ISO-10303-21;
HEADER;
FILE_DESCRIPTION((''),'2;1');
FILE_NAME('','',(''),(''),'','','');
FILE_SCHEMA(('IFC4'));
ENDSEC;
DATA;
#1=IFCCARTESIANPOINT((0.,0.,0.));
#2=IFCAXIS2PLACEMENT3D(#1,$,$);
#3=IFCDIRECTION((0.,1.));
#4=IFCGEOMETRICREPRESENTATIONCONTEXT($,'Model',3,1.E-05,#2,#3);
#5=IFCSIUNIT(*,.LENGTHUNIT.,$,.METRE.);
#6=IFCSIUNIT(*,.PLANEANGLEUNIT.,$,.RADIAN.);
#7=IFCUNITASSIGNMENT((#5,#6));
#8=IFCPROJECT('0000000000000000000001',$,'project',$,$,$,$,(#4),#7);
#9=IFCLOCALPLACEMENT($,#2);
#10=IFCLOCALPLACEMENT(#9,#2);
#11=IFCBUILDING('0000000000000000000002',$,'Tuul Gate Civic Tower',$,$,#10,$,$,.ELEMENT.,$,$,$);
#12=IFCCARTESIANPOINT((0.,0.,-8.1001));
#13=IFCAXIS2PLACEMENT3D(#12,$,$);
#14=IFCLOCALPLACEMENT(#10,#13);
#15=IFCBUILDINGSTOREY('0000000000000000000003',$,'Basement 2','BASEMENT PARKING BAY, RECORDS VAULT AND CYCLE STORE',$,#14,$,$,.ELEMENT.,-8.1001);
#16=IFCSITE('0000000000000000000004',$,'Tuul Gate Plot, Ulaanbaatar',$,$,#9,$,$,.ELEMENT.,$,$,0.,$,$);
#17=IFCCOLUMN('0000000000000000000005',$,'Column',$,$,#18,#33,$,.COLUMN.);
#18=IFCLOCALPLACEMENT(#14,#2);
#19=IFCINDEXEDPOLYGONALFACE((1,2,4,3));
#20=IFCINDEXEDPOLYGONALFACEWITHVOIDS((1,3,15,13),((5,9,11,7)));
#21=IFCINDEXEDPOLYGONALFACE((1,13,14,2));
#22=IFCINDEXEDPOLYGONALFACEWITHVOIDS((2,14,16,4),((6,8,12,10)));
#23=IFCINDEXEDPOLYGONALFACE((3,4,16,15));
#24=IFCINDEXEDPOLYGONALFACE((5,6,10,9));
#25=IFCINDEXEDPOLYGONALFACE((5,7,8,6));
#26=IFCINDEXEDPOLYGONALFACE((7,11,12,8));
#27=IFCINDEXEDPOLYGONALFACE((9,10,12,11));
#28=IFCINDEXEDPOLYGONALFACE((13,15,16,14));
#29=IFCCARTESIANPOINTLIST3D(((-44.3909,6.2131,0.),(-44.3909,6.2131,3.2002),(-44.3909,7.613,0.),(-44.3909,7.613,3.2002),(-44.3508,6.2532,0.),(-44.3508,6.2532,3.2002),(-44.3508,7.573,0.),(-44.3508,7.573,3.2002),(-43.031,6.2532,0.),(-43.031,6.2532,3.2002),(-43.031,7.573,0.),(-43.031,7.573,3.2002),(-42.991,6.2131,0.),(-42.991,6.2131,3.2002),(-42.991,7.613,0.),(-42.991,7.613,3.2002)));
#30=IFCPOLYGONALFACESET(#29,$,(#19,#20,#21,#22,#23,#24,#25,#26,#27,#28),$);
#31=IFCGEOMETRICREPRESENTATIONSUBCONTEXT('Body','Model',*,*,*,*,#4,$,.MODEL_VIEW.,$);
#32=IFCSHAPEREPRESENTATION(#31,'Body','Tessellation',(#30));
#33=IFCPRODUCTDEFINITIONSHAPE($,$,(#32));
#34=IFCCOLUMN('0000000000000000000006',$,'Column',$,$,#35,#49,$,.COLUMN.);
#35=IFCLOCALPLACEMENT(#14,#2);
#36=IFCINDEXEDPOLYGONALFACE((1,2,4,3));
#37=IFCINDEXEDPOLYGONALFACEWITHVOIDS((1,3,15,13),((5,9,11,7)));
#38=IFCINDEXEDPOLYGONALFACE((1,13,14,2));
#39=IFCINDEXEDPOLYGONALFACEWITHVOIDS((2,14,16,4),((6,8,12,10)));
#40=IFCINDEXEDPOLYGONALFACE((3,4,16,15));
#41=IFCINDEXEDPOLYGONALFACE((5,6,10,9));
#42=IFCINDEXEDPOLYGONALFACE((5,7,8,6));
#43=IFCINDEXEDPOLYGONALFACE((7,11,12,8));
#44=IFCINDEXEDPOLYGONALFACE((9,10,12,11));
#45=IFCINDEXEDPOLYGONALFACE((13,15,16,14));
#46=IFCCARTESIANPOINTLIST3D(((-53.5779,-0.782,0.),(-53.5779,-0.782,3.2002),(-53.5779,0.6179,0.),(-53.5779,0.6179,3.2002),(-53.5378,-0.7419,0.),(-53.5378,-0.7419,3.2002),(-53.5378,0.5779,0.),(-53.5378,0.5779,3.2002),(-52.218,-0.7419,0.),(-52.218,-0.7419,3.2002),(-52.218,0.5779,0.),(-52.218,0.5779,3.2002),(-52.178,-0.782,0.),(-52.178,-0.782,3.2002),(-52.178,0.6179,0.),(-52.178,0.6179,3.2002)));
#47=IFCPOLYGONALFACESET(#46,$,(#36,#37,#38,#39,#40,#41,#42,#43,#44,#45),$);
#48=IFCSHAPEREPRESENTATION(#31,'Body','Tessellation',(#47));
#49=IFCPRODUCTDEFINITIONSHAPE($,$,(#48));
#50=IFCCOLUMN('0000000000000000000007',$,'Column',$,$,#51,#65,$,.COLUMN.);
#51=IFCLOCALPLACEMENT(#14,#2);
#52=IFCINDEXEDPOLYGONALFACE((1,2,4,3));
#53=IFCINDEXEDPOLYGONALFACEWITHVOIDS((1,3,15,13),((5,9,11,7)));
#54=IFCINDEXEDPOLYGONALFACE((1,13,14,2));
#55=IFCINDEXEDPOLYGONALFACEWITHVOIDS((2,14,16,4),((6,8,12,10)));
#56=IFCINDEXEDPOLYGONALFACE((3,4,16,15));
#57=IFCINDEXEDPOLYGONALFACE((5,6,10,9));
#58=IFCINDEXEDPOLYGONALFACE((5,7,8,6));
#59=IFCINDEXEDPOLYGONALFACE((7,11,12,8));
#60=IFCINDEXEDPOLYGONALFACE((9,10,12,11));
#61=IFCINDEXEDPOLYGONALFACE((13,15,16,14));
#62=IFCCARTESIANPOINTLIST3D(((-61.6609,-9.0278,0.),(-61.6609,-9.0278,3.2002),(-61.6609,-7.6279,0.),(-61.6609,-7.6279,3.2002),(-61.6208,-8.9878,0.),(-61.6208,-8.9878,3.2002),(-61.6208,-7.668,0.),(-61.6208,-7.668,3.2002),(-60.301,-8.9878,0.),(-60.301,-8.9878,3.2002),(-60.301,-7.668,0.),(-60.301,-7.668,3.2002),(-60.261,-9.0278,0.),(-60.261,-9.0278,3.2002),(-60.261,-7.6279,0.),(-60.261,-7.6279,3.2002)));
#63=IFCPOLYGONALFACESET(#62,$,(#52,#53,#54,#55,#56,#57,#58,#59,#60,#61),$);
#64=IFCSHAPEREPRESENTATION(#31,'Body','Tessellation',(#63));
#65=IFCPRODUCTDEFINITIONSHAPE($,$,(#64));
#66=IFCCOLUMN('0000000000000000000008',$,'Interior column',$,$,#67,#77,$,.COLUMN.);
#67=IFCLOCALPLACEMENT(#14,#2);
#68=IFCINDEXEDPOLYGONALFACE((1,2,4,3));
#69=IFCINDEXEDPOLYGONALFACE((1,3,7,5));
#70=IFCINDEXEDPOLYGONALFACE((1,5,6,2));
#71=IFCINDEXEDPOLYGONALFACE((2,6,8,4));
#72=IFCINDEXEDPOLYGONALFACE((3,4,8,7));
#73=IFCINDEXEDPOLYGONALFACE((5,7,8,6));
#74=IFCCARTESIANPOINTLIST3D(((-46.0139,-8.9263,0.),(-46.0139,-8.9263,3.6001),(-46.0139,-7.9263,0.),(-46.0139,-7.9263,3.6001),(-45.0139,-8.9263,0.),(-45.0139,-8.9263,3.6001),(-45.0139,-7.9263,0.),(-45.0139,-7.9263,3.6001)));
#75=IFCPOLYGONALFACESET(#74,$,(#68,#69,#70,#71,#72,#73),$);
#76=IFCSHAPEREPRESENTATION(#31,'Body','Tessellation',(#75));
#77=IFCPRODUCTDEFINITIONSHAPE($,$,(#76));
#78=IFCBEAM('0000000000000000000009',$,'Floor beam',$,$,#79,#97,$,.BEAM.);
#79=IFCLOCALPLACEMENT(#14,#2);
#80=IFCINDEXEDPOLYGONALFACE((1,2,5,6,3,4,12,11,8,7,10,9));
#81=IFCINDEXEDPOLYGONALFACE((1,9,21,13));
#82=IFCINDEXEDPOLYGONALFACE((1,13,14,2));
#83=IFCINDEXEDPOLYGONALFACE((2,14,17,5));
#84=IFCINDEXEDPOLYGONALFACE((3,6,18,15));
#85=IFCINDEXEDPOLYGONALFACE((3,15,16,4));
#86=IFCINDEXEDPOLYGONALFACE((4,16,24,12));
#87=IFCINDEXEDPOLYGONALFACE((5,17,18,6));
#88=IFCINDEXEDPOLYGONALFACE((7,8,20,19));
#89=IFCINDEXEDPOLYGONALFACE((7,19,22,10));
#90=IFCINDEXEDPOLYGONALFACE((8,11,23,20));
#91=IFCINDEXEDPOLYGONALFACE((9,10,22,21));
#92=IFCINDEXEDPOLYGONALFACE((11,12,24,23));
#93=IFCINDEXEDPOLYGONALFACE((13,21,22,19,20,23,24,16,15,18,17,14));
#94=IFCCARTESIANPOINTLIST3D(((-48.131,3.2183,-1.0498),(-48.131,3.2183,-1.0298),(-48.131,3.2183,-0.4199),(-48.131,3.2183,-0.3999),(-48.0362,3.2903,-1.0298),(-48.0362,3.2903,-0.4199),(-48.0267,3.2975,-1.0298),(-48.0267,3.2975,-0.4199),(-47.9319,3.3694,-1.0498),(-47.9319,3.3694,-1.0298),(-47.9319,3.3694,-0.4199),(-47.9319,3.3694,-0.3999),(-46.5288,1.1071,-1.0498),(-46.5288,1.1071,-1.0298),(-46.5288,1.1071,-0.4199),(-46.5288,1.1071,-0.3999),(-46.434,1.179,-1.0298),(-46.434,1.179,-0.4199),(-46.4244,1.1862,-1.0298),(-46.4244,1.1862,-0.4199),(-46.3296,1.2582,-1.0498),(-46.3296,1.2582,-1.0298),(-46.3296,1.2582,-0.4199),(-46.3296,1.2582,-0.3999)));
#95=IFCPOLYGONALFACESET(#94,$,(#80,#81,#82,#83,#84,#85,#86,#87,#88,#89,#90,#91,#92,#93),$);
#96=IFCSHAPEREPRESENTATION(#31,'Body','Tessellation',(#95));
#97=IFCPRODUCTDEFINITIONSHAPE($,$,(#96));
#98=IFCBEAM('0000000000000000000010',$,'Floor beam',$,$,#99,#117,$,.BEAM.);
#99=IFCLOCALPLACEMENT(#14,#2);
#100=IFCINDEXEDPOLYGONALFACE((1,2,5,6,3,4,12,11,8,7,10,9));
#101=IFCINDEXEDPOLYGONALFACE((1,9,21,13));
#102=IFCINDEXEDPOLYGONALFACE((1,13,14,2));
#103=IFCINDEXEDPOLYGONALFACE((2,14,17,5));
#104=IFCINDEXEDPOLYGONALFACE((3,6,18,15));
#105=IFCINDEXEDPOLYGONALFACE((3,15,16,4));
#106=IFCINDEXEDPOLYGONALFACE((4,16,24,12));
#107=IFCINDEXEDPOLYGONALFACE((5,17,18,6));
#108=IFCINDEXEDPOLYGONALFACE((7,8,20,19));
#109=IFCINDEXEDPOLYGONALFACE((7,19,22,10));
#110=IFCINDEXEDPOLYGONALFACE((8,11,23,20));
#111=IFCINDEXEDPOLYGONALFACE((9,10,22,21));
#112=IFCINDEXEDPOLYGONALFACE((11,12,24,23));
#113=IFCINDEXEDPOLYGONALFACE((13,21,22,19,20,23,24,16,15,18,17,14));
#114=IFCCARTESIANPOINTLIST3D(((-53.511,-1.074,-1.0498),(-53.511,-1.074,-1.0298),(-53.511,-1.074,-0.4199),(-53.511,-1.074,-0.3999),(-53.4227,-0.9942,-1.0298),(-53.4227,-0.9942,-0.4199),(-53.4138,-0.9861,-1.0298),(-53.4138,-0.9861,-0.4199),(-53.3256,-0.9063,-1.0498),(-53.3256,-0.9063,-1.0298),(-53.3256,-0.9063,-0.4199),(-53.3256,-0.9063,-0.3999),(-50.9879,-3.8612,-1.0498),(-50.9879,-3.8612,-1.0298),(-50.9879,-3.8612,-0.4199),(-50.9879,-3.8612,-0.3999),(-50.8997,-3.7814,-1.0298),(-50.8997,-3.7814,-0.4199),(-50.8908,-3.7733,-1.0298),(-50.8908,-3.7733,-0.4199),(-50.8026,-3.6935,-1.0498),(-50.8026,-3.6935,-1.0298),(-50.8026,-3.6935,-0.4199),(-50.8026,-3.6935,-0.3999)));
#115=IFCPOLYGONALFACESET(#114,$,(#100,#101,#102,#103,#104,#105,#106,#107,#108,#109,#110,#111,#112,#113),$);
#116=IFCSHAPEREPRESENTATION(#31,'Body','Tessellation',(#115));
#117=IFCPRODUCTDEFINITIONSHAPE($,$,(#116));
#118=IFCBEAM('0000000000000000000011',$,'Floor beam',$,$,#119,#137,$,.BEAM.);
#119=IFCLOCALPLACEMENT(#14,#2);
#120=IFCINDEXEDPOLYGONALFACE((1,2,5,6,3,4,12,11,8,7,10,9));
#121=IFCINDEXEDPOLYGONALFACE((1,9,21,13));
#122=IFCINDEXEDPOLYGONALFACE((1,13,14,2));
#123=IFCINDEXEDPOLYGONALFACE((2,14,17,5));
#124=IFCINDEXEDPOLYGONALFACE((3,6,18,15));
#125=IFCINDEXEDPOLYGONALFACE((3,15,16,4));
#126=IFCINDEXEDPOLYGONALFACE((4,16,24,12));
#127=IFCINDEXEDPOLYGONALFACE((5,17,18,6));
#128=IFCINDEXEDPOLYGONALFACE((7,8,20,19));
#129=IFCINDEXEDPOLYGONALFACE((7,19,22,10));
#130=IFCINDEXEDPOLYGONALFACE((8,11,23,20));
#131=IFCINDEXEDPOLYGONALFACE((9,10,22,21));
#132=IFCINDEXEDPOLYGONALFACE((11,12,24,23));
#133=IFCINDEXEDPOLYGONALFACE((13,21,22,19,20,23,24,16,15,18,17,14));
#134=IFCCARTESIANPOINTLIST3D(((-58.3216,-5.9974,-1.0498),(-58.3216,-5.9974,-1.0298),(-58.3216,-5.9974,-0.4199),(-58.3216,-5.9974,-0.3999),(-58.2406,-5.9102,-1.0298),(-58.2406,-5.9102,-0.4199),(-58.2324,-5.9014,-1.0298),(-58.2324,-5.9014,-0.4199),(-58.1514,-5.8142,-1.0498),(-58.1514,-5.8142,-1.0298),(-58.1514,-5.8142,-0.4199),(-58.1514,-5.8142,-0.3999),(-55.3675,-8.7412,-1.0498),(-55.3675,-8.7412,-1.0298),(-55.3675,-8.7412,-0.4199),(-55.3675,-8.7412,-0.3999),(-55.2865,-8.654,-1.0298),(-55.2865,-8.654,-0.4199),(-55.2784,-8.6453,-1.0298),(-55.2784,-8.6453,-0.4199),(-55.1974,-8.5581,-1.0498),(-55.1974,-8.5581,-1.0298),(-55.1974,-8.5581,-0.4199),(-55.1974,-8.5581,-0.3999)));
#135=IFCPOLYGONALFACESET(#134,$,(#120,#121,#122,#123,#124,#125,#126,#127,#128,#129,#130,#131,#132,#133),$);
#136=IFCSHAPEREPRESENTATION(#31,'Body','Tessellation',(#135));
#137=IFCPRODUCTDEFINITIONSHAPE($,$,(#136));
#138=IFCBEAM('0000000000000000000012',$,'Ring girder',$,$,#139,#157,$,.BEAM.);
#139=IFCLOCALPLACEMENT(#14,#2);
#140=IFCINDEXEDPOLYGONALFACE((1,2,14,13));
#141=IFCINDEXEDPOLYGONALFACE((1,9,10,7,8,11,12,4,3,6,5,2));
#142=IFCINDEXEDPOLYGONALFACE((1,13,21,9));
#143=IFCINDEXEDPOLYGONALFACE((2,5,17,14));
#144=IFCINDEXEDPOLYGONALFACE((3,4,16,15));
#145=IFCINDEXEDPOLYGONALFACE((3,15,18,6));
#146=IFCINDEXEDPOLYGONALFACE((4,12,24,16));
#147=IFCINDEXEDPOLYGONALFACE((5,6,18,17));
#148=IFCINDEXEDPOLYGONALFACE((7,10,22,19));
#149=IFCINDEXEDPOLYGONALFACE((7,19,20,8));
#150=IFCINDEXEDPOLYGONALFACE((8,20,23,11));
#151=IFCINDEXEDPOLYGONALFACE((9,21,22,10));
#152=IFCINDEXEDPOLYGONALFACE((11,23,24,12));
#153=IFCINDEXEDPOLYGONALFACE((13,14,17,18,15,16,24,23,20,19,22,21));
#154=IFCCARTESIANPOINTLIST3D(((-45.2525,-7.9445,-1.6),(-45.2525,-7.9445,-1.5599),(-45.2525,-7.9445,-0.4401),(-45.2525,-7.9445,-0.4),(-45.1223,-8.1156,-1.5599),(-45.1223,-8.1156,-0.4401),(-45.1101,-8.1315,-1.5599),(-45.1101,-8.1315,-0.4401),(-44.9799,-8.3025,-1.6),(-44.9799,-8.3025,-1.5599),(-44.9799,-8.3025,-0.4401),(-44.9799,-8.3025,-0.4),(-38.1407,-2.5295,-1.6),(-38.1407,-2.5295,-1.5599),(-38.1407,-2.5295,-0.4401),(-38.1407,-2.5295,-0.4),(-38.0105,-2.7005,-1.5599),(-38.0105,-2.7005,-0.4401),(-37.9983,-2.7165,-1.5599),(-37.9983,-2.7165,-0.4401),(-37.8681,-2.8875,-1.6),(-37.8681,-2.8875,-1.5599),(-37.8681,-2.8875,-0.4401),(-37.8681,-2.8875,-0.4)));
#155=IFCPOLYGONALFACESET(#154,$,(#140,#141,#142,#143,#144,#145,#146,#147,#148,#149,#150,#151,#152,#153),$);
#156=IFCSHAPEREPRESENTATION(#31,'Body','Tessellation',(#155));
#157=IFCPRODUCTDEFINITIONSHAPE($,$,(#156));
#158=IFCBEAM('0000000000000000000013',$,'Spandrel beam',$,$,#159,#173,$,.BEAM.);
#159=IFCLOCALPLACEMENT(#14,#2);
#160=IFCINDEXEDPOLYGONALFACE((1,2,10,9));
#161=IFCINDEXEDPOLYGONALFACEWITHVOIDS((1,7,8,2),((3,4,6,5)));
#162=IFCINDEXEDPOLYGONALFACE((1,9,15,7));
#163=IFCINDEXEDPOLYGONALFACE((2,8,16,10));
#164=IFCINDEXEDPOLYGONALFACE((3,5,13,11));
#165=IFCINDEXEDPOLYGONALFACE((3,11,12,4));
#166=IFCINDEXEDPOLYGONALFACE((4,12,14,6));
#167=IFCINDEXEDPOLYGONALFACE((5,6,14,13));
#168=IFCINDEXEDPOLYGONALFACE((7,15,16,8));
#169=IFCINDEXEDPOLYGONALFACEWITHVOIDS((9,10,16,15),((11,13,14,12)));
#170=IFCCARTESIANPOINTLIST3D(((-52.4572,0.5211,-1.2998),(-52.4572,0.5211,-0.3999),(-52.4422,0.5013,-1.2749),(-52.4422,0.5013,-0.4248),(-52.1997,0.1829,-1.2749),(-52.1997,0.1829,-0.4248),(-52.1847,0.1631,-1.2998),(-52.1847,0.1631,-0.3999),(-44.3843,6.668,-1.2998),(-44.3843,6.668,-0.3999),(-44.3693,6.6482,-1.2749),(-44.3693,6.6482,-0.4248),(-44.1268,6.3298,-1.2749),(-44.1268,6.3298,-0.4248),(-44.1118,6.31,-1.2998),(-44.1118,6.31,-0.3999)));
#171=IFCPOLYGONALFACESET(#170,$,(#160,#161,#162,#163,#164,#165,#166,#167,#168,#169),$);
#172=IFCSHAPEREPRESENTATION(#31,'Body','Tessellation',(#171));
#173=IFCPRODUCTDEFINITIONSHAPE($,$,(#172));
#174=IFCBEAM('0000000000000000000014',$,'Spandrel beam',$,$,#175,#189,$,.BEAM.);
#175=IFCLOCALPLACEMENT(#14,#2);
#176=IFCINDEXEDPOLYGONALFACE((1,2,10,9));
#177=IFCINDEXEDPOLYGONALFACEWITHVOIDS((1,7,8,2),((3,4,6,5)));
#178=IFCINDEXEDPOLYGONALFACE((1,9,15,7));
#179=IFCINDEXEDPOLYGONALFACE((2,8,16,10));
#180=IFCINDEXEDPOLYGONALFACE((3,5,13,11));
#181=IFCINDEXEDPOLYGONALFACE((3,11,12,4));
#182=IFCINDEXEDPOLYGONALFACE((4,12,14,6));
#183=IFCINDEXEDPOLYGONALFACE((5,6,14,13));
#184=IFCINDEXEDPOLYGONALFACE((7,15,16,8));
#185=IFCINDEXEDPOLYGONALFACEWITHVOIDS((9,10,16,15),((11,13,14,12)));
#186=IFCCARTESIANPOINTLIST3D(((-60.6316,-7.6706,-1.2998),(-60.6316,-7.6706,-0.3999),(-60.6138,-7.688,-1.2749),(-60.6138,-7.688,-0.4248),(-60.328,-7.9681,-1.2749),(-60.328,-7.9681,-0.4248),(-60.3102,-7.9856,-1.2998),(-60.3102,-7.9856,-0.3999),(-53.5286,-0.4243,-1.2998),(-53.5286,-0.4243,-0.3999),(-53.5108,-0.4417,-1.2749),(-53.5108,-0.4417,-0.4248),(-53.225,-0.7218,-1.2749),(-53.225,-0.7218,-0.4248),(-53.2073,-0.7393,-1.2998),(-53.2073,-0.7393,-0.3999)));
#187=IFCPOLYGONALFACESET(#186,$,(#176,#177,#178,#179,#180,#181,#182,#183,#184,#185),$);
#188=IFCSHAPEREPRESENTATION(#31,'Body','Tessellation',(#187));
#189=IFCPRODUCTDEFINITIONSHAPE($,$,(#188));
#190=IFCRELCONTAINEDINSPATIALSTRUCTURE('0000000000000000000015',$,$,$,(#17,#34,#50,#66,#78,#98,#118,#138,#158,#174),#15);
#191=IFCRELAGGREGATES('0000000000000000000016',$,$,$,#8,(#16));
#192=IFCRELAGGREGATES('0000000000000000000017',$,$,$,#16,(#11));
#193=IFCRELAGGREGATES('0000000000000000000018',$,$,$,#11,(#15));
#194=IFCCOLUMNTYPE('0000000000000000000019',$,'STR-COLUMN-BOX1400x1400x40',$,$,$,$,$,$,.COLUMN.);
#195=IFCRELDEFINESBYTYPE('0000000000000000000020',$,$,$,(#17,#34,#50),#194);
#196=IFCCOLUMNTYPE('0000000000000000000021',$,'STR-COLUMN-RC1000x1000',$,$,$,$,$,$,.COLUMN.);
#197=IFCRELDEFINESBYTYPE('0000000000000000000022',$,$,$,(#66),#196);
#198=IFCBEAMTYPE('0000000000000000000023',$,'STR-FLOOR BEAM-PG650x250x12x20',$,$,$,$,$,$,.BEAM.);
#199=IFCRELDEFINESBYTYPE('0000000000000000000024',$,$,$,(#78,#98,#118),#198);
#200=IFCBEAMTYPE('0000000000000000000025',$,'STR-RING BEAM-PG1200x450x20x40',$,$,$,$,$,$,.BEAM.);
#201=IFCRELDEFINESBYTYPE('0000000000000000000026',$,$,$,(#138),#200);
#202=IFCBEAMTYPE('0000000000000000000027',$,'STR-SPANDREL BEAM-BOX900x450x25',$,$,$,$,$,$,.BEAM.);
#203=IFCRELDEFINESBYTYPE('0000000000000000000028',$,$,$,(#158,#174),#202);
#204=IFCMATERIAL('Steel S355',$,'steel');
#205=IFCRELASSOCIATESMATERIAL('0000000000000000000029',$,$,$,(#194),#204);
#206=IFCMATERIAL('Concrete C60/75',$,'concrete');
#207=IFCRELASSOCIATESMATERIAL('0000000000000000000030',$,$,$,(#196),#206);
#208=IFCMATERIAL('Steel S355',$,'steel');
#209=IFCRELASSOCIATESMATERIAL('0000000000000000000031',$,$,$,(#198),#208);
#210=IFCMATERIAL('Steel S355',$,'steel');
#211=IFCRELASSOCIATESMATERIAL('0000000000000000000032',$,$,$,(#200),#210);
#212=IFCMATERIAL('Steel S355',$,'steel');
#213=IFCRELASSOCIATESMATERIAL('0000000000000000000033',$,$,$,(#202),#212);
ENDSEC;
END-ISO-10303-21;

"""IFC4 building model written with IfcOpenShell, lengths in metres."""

from ifc_helpers import new_model, si_unit, direction, frame, origin, origin_2d, place, context, subcontext, project, spatial, rectangle, hollow_rectangle, i_section, extrude, material, material_profile, profile_set, type_object, element, save


model = new_model("IFC4")

# Units and contexts
model_context = context("Model", 3, precision=1e-05, world=origin(), true_north=direction((0.0, 1.0)))
body_context = subcontext(model_context, "Body", "Model", "MODEL_VIEW")
ifc_project = project(units=[si_unit("LENGTHUNIT", "METRE"), si_unit("PLANEANGLEUNIT", "RADIAN")], contexts=[model_context])

# Site, building, storey
site_placement = place(None, origin())
site = spatial("IfcSite", under=ifc_project, at=site_placement, Name="Tuul Gate Plot, Ulaanbaatar", CompositionType="ELEMENT", RefElevation=0.0)
building_placement = place(site_placement, origin())
building = spatial("IfcBuilding", under=site, at=building_placement, Name="Tuul Gate Civic Tower", CompositionType="ELEMENT")
storey_placement = place(building_placement, frame((0.0, 0.0, -8.1001)))
storey = spatial("IfcBuildingStorey", under=building, at=storey_placement, Name="Basement 2", Description="BASEMENT PARKING BAY, RECORDS VAULT AND CYCLE STORE", CompositionType="ELEMENT", Elevation=-8.1001)

# Columns
ifc_material_1 = material(Name="Steel S355", Category="steel")
ifc_material_profile_1 = material_profile(ifc_material_1, hollow_rectangle(XDim=1.3999, YDim=1.3999, WallThickness=0.04, at=origin_2d()), Name="BOX1400x1400x40")
ifc_profile_set_1 = profile_set([ifc_material_profile_1], Name="Steel S355")
column_type_1 = type_object("IfcColumnType", Name="STR-COLUMN-BOX1400x1400x40", PredefinedType="COLUMN", material=ifc_profile_set_1)
for number, where, z_axis, x_axis, name in (
    (1, (-43.6909, 6.9131, 0.0), (0.0, 0.0, 1.0), (1.0, 0.0, 0.0), "Column"),
    (2, (-52.8779, -0.082, 0.0), (0.0, 0.0, 1.0), (1.0, 0.0, 0.0), "Column"),
    (3, (-60.9609, -8.3279, 0.0), (0.0, 0.0, 1.0), (1.0, 0.0, 0.0), "Column"),
):
    element("IfcColumn", number, at=place(storey_placement, frame(where, z_axis=z_axis, x_axis=x_axis)), inside=storey, type_object=column_type_1, Name=name, PredefinedType="COLUMN", context=body_context, shape_type="SweptSolid", body=[
        extrude(hollow_rectangle(XDim=1.3999, YDim=1.3999, WallThickness=0.04, at=origin_2d()), origin(), (0.0, 0.0, 1.0), 3.2002),
    ])
ifc_material_2 = material(Name="Concrete C60/75", Category="concrete")
ifc_material_profile_2 = material_profile(ifc_material_2, rectangle(XDim=1.0, YDim=1.0, at=origin_2d()), Name="RC1000x1000")
ifc_profile_set_2 = profile_set([ifc_material_profile_2], Name="Concrete C60/75")
column_type_2 = type_object("IfcColumnType", Name="STR-COLUMN-RC1000x1000", PredefinedType="COLUMN", material=ifc_profile_set_2)
column_placement = place(storey_placement, frame((-45.5139, -8.4263, 0.0), z_axis=(0.0, 0.0, 1.0), x_axis=(1.0, 0.0, 0.0)))
element("IfcColumn", 4, at=column_placement, inside=storey, type_object=column_type_2, Name="Interior column", PredefinedType="COLUMN", context=body_context, shape_type="SweptSolid", body=[
    extrude(rectangle(XDim=1.0, YDim=1.0, at=origin_2d()), origin(), (0.0, 0.0, 1.0), 3.6001),
])

# Beams
ifc_material_3 = material(Name="Steel S355", Category="steel")
ifc_material_profile_3 = material_profile(ifc_material_3, i_section(OverallWidth=0.25, OverallDepth=0.6499, WebThickness=0.012, FlangeThickness=0.02, at=origin_2d()), Name="PG650x250x12x20")
ifc_profile_set_3 = profile_set([ifc_material_profile_3], Name="Steel S355")
beam_type_1 = type_object("IfcBeamType", Name="STR-FLOOR BEAM-PG650x250x12x20", PredefinedType="BEAM", material=ifc_profile_set_3)
beam_1_placement = place(storey_placement, frame((-46.4292, 1.1826, -0.7249), z_axis=(-0.60453, 0.796583, 0.0), x_axis=(-0.796583, -0.60453, 0.0)))
element("IfcBeam", 5, at=beam_1_placement, inside=storey, type_object=beam_type_1, Name="Floor beam", PredefinedType="BEAM", context=body_context, shape_type="SweptSolid", body=[
    extrude(i_section(OverallWidth=0.25, OverallDepth=0.6499, WebThickness=0.012, FlangeThickness=0.02, at=origin_2d()), origin(), (0.0, 0.0, 1.0), 2.6504),
])
beam_2_placement = place(storey_placement, frame((-50.8953, -3.7773, -0.7249), z_axis=(-0.6711, 0.741367, 0.0), x_axis=(-0.741367, -0.6711, 0.0)))
element("IfcBeam", 6, at=beam_2_placement, inside=storey, type_object=beam_type_1, Name="Floor beam", PredefinedType="BEAM", context=body_context, shape_type="SweptSolid", body=[
    extrude(i_section(OverallWidth=0.25, OverallDepth=0.6499, WebThickness=0.012, FlangeThickness=0.02, at=origin_2d()), origin(), (0.0, 0.0, 1.0), 3.7595),
])
beam_3_placement = place(storey_placement, frame((-55.2825, -8.6497, -0.7249), z_axis=(-0.732694, 0.680558, 0.0), x_axis=(-0.680558, -0.732694, 0.0)))
element("IfcBeam", 7, at=beam_3_placement, inside=storey, type_object=beam_type_1, Name="Floor beam", PredefinedType="BEAM", context=body_context, shape_type="SweptSolid", body=[
    extrude(i_section(OverallWidth=0.25, OverallDepth=0.6499, WebThickness=0.012, FlangeThickness=0.02, at=origin_2d()), origin(), (0.0, 0.0, 1.0), 4.0317),
])
ifc_material_4 = material(Name="Steel S355", Category="steel")
ifc_material_profile_4 = material_profile(ifc_material_4, i_section(OverallWidth=0.45, OverallDepth=1.2, WebThickness=0.02, FlangeThickness=0.04, at=origin_2d()), Name="PG1200x450x20x40")
ifc_profile_set_4 = profile_set([ifc_material_profile_4], Name="Steel S355")
beam_type_2 = type_object("IfcBeamType", Name="STR-RING BEAM-PG1200x450x20x40", PredefinedType="BEAM", material=ifc_profile_set_4)
beam_4_placement = place(storey_placement, frame((-45.1162, -8.1235, -1.0), z_axis=(0.79562, 0.605796, 0.0), x_axis=(-0.605796, 0.79562, 0.0)))
element("IfcBeam", 8, at=beam_4_placement, inside=storey, type_object=beam_type_2, Name="Ring girder", PredefinedType="BEAM", context=body_context, shape_type="SweptSolid", body=[
    extrude(i_section(OverallWidth=0.45, OverallDepth=1.2, WebThickness=0.02, FlangeThickness=0.04, at=origin_2d()), origin(), (0.0, 0.0, 1.0), 8.9387),
])
ifc_material_5 = material(Name="Steel S355", Category="steel")
ifc_material_profile_5 = material_profile(ifc_material_5, hollow_rectangle(XDim=0.45, YDim=0.8999, WallThickness=0.0249, at=origin_2d()), Name="BOX900x450x25")
ifc_profile_set_5 = profile_set([ifc_material_profile_5], Name="Steel S355")
beam_type_3 = type_object("IfcBeamType", Name="STR-SPANDREL BEAM-BOX900x450x25", PredefinedType="BEAM", material=ifc_profile_set_5)
beam_5_placement = place(storey_placement, frame((-44.248, 6.489, -0.8499), z_axis=(-0.795616, -0.605801, 0.0), x_axis=(0.605801, -0.795616, 0.0)))
element("IfcBeam", 9, at=beam_5_placement, inside=storey, type_object=beam_type_3, Name="Spandrel beam", PredefinedType="BEAM", context=body_context, shape_type="SweptSolid", body=[
    extrude(hollow_rectangle(XDim=0.45, YDim=0.8999, WallThickness=0.0249, at=origin_2d()), origin(), (0.0, 0.0, 1.0), 10.1467),
])
beam_6_placement = place(storey_placement, frame((-53.3679, -0.5818, -0.8499), z_axis=(-0.70001, -0.714133, 0.0), x_axis=(0.714133, -0.70001, 0.0)))
element("IfcBeam", 10, at=beam_6_placement, inside=storey, type_object=beam_type_3, Name="Spandrel beam", PredefinedType="BEAM", context=body_context, shape_type="SweptSolid", body=[
    extrude(hollow_rectangle(XDim=0.45, YDim=0.8999, WallThickness=0.0249, at=origin_2d()), origin(), (0.0, 0.0, 1.0), 10.147),
])

save(model, "model.ifc")
